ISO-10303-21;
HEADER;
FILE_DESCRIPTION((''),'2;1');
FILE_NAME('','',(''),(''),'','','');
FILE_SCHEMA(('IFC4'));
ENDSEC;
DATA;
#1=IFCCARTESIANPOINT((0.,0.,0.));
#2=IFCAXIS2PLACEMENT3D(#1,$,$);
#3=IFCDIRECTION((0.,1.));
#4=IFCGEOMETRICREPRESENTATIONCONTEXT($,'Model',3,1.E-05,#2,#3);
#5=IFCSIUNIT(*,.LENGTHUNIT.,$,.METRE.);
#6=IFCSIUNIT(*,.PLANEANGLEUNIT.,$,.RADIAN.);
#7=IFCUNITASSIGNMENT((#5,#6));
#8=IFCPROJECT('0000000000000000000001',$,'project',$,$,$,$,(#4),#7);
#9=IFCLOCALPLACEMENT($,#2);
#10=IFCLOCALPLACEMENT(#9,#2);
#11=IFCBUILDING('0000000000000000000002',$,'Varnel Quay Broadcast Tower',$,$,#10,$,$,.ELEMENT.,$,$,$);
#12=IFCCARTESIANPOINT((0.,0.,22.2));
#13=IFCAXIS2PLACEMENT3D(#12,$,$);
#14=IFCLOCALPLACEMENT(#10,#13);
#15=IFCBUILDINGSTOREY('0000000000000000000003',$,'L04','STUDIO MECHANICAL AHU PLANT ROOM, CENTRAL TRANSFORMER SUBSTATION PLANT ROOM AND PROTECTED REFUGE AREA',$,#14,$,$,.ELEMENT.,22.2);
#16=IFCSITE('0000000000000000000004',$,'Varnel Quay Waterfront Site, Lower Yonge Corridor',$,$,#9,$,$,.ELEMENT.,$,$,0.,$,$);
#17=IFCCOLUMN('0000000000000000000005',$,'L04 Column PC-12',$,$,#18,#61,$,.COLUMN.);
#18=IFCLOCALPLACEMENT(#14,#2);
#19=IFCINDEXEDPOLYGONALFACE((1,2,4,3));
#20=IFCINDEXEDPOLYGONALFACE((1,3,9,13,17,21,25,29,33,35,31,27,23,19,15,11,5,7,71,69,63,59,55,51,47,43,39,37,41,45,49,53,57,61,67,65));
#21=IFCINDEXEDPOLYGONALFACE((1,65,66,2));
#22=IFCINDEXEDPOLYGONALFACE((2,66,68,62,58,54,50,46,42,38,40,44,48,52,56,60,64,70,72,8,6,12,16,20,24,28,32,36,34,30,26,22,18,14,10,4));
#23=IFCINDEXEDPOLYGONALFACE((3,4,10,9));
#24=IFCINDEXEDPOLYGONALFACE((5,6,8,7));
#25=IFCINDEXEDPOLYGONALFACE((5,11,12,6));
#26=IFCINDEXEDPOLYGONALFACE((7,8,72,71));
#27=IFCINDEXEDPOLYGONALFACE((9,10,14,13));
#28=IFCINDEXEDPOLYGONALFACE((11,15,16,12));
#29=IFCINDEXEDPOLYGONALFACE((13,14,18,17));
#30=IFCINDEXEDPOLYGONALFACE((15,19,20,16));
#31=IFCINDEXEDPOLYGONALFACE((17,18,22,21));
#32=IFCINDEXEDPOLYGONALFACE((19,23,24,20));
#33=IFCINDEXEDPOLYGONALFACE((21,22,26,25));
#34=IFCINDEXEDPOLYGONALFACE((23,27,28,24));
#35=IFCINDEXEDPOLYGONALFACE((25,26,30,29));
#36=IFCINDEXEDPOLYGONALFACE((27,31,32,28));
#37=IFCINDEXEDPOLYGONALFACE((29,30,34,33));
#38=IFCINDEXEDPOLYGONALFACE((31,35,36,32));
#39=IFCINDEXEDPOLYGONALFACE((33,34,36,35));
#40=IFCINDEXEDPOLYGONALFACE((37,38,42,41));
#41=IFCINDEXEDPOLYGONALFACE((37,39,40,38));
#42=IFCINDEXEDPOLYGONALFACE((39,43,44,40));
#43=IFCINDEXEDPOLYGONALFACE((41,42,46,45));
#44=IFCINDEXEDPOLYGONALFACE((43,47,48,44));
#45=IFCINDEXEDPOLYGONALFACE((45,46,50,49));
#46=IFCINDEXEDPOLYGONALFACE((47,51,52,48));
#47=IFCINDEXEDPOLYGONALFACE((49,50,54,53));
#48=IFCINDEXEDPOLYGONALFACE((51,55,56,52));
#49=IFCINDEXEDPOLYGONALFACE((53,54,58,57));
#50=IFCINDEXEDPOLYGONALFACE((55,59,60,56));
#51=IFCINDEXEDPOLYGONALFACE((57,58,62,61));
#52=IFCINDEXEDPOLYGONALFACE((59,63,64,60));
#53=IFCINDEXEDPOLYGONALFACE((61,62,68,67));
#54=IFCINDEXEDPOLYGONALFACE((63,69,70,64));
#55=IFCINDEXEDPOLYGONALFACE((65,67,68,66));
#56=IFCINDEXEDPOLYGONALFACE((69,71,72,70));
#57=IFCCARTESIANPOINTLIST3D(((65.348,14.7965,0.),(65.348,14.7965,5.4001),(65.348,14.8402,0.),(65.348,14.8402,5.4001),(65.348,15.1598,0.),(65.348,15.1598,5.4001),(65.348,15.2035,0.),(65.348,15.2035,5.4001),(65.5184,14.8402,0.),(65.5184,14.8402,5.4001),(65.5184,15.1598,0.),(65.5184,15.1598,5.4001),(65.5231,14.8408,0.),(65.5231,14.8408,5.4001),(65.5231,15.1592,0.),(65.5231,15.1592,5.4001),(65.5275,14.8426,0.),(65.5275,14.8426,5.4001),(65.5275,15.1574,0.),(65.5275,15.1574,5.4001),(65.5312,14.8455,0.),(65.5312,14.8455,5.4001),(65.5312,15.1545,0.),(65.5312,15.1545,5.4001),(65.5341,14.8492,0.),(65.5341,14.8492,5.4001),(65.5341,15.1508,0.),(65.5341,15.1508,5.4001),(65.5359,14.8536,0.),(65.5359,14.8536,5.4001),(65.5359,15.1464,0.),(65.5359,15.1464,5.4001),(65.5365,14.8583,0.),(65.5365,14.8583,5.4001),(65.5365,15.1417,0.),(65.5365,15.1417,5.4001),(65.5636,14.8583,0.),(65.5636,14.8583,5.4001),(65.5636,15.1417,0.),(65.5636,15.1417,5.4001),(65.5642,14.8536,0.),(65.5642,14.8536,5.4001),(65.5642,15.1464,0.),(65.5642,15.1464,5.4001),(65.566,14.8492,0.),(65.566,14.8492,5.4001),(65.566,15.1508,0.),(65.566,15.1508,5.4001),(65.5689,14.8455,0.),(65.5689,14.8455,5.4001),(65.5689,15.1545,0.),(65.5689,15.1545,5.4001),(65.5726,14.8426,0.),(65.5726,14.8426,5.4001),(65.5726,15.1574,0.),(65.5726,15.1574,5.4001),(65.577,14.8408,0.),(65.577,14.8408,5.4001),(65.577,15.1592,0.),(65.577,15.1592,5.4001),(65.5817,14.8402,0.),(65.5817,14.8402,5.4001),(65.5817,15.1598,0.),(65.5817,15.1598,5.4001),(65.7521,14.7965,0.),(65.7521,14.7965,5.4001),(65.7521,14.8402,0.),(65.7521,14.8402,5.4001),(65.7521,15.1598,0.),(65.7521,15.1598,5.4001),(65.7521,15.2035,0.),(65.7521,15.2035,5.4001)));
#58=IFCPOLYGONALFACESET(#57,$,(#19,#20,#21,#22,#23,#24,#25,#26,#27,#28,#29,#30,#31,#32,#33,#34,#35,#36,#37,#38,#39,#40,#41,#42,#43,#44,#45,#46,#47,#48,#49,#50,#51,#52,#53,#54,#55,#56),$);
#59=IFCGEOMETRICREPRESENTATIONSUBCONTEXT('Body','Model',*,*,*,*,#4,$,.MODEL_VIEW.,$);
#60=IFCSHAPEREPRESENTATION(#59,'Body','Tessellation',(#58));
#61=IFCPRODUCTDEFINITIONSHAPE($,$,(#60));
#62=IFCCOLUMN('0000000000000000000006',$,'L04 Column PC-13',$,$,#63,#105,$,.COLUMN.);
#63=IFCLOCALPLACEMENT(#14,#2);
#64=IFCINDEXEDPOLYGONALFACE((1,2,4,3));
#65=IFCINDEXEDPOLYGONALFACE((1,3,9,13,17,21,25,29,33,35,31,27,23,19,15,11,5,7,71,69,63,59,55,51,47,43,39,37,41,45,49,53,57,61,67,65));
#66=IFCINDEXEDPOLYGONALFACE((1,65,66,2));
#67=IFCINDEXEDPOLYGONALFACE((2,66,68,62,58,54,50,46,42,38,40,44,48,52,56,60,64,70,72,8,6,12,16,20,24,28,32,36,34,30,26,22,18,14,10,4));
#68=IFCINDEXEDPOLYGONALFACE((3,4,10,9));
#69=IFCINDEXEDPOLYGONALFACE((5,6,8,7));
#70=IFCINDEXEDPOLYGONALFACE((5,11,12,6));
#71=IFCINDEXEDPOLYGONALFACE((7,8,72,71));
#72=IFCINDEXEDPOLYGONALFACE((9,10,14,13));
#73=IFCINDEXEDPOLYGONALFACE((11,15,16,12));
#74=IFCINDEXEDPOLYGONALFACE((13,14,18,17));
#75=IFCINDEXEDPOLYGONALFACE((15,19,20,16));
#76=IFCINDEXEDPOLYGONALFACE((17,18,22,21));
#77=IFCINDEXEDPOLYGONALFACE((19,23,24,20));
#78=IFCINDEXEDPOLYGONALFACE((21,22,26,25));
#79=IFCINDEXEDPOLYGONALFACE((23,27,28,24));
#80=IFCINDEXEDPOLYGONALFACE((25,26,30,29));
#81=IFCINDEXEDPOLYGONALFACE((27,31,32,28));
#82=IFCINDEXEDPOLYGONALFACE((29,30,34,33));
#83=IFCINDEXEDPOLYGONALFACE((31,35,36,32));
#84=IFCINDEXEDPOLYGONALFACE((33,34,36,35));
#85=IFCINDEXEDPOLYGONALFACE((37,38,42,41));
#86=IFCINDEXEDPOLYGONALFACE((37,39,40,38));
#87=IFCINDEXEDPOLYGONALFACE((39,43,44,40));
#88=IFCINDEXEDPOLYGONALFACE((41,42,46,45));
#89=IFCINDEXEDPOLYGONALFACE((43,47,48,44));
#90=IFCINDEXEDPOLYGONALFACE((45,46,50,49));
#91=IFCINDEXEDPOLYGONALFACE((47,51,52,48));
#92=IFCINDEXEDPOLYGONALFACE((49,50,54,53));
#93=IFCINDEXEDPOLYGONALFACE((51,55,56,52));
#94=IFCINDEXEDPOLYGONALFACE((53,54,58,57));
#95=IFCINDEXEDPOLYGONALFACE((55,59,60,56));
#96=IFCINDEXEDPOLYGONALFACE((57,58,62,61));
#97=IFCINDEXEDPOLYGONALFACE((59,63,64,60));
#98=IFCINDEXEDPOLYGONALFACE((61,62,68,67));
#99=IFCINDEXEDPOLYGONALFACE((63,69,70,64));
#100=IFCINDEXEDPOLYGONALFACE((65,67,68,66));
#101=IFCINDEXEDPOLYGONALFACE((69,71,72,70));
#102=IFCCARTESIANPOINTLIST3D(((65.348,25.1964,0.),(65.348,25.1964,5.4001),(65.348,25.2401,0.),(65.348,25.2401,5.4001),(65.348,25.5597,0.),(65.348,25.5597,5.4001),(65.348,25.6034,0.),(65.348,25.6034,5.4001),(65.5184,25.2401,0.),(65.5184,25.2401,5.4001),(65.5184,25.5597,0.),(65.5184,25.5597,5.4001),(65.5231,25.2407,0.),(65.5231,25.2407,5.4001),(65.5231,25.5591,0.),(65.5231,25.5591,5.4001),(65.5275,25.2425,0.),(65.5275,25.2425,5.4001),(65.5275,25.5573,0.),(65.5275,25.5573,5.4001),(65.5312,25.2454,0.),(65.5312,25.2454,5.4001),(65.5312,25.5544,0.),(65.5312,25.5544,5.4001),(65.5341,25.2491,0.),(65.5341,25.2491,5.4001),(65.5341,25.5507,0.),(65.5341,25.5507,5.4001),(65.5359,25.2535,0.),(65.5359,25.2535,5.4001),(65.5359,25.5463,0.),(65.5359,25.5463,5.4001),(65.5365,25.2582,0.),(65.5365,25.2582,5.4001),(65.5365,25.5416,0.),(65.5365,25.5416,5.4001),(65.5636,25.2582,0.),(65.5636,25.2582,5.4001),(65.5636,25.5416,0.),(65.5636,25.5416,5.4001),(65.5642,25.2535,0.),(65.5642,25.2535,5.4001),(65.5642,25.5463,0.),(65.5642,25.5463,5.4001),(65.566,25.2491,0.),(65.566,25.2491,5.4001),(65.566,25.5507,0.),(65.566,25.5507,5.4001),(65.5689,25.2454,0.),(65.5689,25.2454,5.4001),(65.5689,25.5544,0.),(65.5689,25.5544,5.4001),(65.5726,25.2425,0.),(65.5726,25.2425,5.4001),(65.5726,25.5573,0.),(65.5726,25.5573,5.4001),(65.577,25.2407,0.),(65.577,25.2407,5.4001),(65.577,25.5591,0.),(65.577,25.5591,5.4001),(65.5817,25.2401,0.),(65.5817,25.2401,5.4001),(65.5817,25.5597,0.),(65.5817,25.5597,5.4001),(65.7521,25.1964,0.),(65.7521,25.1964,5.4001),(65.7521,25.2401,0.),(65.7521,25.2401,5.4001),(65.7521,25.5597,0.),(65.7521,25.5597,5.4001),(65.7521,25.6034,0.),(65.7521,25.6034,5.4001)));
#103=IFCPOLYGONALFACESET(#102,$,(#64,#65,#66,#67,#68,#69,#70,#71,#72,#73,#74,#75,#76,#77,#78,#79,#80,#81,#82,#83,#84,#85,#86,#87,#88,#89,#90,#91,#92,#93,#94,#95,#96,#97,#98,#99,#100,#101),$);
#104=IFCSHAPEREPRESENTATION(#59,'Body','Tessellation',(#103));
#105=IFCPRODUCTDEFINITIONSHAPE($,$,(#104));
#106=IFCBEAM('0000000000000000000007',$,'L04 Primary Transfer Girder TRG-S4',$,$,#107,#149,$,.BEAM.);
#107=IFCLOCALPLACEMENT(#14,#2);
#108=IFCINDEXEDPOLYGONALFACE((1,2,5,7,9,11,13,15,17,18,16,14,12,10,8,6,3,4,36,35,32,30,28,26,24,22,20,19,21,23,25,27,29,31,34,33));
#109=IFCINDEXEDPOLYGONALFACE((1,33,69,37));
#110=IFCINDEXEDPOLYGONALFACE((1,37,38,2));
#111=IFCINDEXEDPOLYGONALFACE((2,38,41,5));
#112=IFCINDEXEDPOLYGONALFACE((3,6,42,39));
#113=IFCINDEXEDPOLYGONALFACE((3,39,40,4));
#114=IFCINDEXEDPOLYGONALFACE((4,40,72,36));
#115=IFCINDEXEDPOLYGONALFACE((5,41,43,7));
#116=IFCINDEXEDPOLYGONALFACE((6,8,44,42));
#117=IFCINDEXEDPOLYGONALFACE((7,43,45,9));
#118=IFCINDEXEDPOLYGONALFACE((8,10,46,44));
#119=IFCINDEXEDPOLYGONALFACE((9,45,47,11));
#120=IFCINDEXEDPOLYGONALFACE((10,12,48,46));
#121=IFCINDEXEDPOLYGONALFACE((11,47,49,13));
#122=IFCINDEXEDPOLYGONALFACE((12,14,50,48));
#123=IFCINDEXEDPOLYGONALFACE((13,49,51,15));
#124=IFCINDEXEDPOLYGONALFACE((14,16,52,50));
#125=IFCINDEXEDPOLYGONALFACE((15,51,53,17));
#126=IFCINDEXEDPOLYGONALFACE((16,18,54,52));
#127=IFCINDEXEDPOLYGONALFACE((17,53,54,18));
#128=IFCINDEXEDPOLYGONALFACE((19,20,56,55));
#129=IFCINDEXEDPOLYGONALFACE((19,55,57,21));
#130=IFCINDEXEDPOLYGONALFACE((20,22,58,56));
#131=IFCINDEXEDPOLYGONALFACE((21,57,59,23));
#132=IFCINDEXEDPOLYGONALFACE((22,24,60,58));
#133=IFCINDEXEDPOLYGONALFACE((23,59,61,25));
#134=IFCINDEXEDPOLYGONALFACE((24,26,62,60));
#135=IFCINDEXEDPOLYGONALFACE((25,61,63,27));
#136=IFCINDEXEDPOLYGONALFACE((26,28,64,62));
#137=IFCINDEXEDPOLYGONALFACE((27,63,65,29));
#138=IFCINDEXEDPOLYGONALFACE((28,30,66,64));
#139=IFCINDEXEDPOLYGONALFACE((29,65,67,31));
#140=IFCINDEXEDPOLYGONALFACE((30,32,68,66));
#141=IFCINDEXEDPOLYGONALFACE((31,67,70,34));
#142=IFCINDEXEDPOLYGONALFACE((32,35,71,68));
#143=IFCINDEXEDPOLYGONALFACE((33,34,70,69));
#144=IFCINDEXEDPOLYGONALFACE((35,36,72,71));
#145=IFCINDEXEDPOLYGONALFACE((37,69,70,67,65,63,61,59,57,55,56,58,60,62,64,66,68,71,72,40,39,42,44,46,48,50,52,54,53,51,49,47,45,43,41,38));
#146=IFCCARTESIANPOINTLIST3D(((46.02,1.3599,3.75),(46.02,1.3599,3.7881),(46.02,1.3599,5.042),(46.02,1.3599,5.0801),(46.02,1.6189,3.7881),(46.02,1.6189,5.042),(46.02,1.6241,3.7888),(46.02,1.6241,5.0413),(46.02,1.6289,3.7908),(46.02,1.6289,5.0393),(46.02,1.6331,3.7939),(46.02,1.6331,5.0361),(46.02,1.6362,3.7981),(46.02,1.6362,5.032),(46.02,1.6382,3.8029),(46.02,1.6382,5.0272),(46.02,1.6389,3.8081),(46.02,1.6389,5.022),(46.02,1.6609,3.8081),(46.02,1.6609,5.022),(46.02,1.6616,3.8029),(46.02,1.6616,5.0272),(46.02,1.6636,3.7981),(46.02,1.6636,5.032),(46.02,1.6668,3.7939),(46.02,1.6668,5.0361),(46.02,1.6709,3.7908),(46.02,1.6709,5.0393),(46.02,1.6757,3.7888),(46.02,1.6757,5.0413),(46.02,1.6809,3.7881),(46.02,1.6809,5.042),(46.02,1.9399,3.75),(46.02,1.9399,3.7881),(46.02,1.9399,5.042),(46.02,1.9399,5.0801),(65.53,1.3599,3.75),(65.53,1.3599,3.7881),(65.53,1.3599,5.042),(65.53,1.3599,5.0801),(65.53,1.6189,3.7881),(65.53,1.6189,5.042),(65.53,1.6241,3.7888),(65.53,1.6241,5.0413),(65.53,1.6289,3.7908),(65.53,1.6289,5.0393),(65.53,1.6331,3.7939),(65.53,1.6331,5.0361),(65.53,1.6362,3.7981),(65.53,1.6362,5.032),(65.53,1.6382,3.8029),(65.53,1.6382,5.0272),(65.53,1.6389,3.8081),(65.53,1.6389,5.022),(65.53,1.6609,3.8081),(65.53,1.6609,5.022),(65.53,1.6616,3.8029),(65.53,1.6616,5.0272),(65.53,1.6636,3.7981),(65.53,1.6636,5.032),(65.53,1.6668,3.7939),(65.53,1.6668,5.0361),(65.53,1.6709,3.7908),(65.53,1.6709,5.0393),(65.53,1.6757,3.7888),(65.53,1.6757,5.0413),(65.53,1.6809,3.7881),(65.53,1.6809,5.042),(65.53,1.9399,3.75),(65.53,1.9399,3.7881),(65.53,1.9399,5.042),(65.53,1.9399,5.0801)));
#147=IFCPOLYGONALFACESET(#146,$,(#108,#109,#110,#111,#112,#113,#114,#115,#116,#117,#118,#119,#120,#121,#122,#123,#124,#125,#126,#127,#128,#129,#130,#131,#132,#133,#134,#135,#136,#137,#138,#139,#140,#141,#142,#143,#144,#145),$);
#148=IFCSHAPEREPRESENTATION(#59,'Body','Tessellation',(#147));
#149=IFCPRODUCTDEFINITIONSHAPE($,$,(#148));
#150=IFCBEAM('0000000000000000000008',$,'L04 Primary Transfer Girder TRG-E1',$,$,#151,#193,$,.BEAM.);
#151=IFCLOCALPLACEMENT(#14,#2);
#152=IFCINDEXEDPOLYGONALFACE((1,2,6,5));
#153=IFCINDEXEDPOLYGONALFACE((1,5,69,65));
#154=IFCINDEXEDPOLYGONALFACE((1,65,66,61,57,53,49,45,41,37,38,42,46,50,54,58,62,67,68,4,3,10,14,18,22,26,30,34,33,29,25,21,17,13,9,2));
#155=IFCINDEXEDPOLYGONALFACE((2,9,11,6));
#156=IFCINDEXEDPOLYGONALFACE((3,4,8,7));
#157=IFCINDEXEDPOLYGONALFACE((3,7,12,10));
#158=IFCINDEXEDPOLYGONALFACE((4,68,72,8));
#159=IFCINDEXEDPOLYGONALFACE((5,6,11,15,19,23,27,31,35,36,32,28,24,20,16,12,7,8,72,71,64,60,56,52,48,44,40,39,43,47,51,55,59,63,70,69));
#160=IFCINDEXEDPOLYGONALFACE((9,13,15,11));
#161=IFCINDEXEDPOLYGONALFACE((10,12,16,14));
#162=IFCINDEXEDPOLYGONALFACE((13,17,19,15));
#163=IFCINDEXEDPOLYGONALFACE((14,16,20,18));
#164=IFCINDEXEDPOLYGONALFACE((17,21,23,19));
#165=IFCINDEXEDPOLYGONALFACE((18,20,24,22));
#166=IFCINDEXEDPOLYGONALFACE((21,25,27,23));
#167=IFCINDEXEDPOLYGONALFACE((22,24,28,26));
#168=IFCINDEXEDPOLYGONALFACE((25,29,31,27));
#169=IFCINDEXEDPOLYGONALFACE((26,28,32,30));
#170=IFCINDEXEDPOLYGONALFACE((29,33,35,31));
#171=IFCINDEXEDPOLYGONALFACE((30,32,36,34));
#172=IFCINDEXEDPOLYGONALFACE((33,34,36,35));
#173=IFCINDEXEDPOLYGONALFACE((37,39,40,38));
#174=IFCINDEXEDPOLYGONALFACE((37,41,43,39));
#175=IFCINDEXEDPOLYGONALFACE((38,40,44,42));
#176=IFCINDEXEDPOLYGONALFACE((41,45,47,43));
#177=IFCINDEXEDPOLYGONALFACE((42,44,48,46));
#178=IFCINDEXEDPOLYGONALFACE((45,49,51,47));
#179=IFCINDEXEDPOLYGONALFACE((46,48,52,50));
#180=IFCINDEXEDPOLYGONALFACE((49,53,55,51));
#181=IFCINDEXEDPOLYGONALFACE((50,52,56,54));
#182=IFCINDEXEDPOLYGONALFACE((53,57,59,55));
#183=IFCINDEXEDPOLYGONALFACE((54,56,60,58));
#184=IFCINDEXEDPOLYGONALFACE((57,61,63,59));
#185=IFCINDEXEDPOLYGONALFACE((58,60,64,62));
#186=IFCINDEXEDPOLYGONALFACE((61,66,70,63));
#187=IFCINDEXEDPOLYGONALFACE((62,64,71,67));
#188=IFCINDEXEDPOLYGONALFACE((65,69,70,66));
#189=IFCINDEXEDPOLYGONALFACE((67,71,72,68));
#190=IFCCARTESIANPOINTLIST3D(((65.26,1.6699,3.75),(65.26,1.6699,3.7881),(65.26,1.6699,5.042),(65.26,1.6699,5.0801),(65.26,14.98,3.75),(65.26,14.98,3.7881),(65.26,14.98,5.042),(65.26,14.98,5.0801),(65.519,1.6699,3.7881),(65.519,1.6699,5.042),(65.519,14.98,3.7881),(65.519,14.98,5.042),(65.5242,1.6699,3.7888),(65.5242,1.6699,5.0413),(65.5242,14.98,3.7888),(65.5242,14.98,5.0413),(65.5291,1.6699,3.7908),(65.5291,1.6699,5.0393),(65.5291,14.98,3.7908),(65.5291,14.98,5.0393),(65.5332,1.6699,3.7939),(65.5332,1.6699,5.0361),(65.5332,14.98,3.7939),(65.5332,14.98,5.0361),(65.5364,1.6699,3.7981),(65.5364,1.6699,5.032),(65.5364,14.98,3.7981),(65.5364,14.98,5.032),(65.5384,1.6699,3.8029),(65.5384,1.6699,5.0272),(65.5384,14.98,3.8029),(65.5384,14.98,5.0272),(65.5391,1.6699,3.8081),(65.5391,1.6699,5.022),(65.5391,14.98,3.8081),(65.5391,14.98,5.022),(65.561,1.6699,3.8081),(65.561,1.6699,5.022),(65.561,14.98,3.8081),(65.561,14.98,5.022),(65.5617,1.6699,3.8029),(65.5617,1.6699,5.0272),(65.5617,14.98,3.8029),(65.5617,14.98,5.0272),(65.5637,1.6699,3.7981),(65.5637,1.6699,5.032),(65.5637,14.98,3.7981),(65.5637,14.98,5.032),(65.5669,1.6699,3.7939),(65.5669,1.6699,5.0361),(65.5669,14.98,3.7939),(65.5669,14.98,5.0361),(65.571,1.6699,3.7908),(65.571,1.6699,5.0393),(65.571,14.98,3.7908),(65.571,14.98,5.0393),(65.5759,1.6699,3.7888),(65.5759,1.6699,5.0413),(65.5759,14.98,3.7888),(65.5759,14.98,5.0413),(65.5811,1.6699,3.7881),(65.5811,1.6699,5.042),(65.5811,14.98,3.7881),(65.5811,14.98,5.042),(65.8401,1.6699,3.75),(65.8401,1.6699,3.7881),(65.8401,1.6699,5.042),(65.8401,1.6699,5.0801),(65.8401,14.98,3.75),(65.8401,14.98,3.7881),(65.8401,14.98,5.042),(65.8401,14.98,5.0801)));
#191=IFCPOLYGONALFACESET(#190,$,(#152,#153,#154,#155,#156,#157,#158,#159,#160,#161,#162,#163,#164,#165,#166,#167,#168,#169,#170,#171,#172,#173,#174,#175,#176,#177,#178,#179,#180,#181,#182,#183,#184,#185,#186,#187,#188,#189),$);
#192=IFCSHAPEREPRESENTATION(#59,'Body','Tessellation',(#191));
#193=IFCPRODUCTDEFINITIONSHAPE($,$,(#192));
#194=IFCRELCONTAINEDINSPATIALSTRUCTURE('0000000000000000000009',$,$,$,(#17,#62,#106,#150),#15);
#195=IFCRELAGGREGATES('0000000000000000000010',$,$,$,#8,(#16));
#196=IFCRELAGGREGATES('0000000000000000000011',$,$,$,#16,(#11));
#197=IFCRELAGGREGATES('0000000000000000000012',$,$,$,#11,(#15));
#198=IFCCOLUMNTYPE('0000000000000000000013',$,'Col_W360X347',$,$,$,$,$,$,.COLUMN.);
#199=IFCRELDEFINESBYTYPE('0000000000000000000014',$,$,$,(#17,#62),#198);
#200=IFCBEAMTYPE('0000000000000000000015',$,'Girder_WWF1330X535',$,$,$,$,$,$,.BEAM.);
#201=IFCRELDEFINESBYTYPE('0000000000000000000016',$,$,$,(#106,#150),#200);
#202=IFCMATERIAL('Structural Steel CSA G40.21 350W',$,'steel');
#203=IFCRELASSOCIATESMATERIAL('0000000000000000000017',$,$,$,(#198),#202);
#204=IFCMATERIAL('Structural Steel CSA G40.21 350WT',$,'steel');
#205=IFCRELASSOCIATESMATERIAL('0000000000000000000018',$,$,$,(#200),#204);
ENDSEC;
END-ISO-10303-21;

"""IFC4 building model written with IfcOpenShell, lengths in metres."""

from ifc_helpers import new_model, si_unit, direction, frame, origin, origin_2d, place, context, subcontext, project, spatial, i_section, extrude, source, transform, mapped, material, material_profile, profile_set, type_object, type_shapes, element, save


model = new_model("IFC4")

# Units and contexts
model_context = context("Model", 3, precision=1e-05, world=origin(), true_north=direction((0.0, 1.0)))
body_context = subcontext(model_context, "Body", "Model", "MODEL_VIEW")
ifc_project = project(units=[si_unit("LENGTHUNIT", "METRE"), si_unit("PLANEANGLEUNIT", "RADIAN")], contexts=[model_context])

# Site, building, storey
site_placement = place(None, origin())
site = spatial("IfcSite", under=ifc_project, at=site_placement, Name="Varnel Quay Waterfront Site, Lower Yonge Corridor", CompositionType="ELEMENT", RefElevation=0.0)
building_placement = place(site_placement, origin())
building = spatial("IfcBuilding", under=site, at=building_placement, Name="Varnel Quay Broadcast Tower", CompositionType="ELEMENT")
storey_placement = place(building_placement, frame((0.0, 0.0, 22.2)))
storey = spatial("IfcBuildingStorey", under=building, at=storey_placement, Name="L04", Description="STUDIO MECHANICAL AHU PLANT ROOM, CENTRAL TRANSFORMER SUBSTATION PLANT ROOM AND PROTECTED REFUGE AREA", CompositionType="ELEMENT", Elevation=22.2)

# Columns
ifc_material_1 = material(Name="Structural Steel CSA G40.21 350WT", Category="steel")
ifc_material_2 = material(Name="Structural Steel CSA G40.21 350W", Category="steel")
ifc_material_profile_1 = material_profile(ifc_material_2, i_section(OverallWidth=0.4041, OverallDepth=0.407, WebThickness=0.0271, FlangeThickness=0.0437, FilletRadius=0.0181, at=origin_2d()), Name="W360X347")
ifc_profile_set_1 = profile_set([ifc_material_profile_1], Name="Structural Steel CSA G40.21 350W")
column_type_1 = type_object("IfcColumnType", Name="Col_W360X347", PredefinedType="COLUMN", material=ifc_profile_set_1)
shared_shape_1 = source(origin(), body_context, "Body", "SweptSolid", [
    extrude(i_section(OverallWidth=0.4041, OverallDepth=0.407, WebThickness=0.0271, FlangeThickness=0.0437, FilletRadius=0.0181, at=origin_2d()), origin(), (0.0, 0.0, 1.0), 5.4001),
])
type_shapes(column_type_1, [shared_shape_1])
for number, where, z_axis, x_axis, name in (
    (1, (65.55, 15.0, 0.0), (0.0, 0.0, 1.0), (1.0, 0.0, 0.0), "L04 Column PC-12"),
    (2, (65.55, 25.3999, 0.0), (0.0, 0.0, 1.0), (1.0, 0.0, 0.0), "L04 Column PC-13"),
):
    element("IfcColumn", number, at=place(storey_placement, frame(where, z_axis=z_axis, x_axis=x_axis)), inside=storey, type_object=column_type_1, Name=name, PredefinedType="COLUMN", context=body_context, shape_type="MappedRepresentation", body=[
        mapped(shared_shape_1, transform((0.0, 0.0, 0.0), x_axis=(1.0, 0.0, 0.0), y_axis=(0.0, 1.0, 0.0), z_axis=(0.0, 0.0, 1.0), scale=1.0)),
    ])

# Beams
ifc_material_profile_2 = material_profile(ifc_material_1, i_section(OverallWidth=0.5801, OverallDepth=1.3301, WebThickness=0.022, FlangeThickness=0.0381, FilletRadius=0.02, at=origin_2d()), Name="WWF1330X535")
ifc_profile_set_2 = profile_set([ifc_material_profile_2], Name="Structural Steel CSA G40.21 350WT")
beam_type_1 = type_object("IfcBeamType", Name="Girder_WWF1330X535", PredefinedType="BEAM", material=ifc_profile_set_2)
shared_shape_2 = source(origin(), body_context, "Body", "SweptSolid", [
    extrude(i_section(OverallWidth=0.5801, OverallDepth=1.3301, WebThickness=0.022, FlangeThickness=0.0381, FilletRadius=0.02, at=origin_2d()), origin(), (0.0, 0.0, 1.0), 19.51),
])
beam_1_placement = place(storey_placement, frame((46.02, 1.6499, 4.415), z_axis=(1.0, 0.0, 0.0), x_axis=(0.0, 1.0, 0.0)))
element("IfcBeam", 3, at=beam_1_placement, inside=storey, type_object=beam_type_1, Name="L04 Primary Transfer Girder TRG-S4", PredefinedType="BEAM", context=body_context, shape_type="MappedRepresentation", body=[
    mapped(shared_shape_2, transform((0.0, 0.0, 0.0), x_axis=(1.0, 0.0, 0.0), y_axis=(0.0, 1.0, 0.0), z_axis=(0.0, 0.0, 1.0), scale=1.0)),
])
shared_shape_3 = source(origin(), body_context, "Body", "SweptSolid", [
    extrude(i_section(OverallWidth=0.5801, OverallDepth=1.3301, WebThickness=0.022, FlangeThickness=0.0381, FilletRadius=0.02, at=origin_2d()), origin(), (0.0, 0.0, 1.0), 13.3101),
])
beam_2_placement = place(storey_placement, frame((65.55, 1.6699, 4.415), z_axis=(0.0, 1.0, 0.0), x_axis=(-1.0, 0.0, 0.0)))
element("IfcBeam", 4, at=beam_2_placement, inside=storey, type_object=beam_type_1, Name="L04 Primary Transfer Girder TRG-E1", PredefinedType="BEAM", context=body_context, shape_type="MappedRepresentation", body=[
    mapped(shared_shape_3, transform((0.0, 0.0, 0.0), x_axis=(1.0, 0.0, 0.0), y_axis=(0.0, 1.0, 0.0), z_axis=(0.0, 0.0, 1.0), scale=1.0)),
])

save(model, "model.ifc")
